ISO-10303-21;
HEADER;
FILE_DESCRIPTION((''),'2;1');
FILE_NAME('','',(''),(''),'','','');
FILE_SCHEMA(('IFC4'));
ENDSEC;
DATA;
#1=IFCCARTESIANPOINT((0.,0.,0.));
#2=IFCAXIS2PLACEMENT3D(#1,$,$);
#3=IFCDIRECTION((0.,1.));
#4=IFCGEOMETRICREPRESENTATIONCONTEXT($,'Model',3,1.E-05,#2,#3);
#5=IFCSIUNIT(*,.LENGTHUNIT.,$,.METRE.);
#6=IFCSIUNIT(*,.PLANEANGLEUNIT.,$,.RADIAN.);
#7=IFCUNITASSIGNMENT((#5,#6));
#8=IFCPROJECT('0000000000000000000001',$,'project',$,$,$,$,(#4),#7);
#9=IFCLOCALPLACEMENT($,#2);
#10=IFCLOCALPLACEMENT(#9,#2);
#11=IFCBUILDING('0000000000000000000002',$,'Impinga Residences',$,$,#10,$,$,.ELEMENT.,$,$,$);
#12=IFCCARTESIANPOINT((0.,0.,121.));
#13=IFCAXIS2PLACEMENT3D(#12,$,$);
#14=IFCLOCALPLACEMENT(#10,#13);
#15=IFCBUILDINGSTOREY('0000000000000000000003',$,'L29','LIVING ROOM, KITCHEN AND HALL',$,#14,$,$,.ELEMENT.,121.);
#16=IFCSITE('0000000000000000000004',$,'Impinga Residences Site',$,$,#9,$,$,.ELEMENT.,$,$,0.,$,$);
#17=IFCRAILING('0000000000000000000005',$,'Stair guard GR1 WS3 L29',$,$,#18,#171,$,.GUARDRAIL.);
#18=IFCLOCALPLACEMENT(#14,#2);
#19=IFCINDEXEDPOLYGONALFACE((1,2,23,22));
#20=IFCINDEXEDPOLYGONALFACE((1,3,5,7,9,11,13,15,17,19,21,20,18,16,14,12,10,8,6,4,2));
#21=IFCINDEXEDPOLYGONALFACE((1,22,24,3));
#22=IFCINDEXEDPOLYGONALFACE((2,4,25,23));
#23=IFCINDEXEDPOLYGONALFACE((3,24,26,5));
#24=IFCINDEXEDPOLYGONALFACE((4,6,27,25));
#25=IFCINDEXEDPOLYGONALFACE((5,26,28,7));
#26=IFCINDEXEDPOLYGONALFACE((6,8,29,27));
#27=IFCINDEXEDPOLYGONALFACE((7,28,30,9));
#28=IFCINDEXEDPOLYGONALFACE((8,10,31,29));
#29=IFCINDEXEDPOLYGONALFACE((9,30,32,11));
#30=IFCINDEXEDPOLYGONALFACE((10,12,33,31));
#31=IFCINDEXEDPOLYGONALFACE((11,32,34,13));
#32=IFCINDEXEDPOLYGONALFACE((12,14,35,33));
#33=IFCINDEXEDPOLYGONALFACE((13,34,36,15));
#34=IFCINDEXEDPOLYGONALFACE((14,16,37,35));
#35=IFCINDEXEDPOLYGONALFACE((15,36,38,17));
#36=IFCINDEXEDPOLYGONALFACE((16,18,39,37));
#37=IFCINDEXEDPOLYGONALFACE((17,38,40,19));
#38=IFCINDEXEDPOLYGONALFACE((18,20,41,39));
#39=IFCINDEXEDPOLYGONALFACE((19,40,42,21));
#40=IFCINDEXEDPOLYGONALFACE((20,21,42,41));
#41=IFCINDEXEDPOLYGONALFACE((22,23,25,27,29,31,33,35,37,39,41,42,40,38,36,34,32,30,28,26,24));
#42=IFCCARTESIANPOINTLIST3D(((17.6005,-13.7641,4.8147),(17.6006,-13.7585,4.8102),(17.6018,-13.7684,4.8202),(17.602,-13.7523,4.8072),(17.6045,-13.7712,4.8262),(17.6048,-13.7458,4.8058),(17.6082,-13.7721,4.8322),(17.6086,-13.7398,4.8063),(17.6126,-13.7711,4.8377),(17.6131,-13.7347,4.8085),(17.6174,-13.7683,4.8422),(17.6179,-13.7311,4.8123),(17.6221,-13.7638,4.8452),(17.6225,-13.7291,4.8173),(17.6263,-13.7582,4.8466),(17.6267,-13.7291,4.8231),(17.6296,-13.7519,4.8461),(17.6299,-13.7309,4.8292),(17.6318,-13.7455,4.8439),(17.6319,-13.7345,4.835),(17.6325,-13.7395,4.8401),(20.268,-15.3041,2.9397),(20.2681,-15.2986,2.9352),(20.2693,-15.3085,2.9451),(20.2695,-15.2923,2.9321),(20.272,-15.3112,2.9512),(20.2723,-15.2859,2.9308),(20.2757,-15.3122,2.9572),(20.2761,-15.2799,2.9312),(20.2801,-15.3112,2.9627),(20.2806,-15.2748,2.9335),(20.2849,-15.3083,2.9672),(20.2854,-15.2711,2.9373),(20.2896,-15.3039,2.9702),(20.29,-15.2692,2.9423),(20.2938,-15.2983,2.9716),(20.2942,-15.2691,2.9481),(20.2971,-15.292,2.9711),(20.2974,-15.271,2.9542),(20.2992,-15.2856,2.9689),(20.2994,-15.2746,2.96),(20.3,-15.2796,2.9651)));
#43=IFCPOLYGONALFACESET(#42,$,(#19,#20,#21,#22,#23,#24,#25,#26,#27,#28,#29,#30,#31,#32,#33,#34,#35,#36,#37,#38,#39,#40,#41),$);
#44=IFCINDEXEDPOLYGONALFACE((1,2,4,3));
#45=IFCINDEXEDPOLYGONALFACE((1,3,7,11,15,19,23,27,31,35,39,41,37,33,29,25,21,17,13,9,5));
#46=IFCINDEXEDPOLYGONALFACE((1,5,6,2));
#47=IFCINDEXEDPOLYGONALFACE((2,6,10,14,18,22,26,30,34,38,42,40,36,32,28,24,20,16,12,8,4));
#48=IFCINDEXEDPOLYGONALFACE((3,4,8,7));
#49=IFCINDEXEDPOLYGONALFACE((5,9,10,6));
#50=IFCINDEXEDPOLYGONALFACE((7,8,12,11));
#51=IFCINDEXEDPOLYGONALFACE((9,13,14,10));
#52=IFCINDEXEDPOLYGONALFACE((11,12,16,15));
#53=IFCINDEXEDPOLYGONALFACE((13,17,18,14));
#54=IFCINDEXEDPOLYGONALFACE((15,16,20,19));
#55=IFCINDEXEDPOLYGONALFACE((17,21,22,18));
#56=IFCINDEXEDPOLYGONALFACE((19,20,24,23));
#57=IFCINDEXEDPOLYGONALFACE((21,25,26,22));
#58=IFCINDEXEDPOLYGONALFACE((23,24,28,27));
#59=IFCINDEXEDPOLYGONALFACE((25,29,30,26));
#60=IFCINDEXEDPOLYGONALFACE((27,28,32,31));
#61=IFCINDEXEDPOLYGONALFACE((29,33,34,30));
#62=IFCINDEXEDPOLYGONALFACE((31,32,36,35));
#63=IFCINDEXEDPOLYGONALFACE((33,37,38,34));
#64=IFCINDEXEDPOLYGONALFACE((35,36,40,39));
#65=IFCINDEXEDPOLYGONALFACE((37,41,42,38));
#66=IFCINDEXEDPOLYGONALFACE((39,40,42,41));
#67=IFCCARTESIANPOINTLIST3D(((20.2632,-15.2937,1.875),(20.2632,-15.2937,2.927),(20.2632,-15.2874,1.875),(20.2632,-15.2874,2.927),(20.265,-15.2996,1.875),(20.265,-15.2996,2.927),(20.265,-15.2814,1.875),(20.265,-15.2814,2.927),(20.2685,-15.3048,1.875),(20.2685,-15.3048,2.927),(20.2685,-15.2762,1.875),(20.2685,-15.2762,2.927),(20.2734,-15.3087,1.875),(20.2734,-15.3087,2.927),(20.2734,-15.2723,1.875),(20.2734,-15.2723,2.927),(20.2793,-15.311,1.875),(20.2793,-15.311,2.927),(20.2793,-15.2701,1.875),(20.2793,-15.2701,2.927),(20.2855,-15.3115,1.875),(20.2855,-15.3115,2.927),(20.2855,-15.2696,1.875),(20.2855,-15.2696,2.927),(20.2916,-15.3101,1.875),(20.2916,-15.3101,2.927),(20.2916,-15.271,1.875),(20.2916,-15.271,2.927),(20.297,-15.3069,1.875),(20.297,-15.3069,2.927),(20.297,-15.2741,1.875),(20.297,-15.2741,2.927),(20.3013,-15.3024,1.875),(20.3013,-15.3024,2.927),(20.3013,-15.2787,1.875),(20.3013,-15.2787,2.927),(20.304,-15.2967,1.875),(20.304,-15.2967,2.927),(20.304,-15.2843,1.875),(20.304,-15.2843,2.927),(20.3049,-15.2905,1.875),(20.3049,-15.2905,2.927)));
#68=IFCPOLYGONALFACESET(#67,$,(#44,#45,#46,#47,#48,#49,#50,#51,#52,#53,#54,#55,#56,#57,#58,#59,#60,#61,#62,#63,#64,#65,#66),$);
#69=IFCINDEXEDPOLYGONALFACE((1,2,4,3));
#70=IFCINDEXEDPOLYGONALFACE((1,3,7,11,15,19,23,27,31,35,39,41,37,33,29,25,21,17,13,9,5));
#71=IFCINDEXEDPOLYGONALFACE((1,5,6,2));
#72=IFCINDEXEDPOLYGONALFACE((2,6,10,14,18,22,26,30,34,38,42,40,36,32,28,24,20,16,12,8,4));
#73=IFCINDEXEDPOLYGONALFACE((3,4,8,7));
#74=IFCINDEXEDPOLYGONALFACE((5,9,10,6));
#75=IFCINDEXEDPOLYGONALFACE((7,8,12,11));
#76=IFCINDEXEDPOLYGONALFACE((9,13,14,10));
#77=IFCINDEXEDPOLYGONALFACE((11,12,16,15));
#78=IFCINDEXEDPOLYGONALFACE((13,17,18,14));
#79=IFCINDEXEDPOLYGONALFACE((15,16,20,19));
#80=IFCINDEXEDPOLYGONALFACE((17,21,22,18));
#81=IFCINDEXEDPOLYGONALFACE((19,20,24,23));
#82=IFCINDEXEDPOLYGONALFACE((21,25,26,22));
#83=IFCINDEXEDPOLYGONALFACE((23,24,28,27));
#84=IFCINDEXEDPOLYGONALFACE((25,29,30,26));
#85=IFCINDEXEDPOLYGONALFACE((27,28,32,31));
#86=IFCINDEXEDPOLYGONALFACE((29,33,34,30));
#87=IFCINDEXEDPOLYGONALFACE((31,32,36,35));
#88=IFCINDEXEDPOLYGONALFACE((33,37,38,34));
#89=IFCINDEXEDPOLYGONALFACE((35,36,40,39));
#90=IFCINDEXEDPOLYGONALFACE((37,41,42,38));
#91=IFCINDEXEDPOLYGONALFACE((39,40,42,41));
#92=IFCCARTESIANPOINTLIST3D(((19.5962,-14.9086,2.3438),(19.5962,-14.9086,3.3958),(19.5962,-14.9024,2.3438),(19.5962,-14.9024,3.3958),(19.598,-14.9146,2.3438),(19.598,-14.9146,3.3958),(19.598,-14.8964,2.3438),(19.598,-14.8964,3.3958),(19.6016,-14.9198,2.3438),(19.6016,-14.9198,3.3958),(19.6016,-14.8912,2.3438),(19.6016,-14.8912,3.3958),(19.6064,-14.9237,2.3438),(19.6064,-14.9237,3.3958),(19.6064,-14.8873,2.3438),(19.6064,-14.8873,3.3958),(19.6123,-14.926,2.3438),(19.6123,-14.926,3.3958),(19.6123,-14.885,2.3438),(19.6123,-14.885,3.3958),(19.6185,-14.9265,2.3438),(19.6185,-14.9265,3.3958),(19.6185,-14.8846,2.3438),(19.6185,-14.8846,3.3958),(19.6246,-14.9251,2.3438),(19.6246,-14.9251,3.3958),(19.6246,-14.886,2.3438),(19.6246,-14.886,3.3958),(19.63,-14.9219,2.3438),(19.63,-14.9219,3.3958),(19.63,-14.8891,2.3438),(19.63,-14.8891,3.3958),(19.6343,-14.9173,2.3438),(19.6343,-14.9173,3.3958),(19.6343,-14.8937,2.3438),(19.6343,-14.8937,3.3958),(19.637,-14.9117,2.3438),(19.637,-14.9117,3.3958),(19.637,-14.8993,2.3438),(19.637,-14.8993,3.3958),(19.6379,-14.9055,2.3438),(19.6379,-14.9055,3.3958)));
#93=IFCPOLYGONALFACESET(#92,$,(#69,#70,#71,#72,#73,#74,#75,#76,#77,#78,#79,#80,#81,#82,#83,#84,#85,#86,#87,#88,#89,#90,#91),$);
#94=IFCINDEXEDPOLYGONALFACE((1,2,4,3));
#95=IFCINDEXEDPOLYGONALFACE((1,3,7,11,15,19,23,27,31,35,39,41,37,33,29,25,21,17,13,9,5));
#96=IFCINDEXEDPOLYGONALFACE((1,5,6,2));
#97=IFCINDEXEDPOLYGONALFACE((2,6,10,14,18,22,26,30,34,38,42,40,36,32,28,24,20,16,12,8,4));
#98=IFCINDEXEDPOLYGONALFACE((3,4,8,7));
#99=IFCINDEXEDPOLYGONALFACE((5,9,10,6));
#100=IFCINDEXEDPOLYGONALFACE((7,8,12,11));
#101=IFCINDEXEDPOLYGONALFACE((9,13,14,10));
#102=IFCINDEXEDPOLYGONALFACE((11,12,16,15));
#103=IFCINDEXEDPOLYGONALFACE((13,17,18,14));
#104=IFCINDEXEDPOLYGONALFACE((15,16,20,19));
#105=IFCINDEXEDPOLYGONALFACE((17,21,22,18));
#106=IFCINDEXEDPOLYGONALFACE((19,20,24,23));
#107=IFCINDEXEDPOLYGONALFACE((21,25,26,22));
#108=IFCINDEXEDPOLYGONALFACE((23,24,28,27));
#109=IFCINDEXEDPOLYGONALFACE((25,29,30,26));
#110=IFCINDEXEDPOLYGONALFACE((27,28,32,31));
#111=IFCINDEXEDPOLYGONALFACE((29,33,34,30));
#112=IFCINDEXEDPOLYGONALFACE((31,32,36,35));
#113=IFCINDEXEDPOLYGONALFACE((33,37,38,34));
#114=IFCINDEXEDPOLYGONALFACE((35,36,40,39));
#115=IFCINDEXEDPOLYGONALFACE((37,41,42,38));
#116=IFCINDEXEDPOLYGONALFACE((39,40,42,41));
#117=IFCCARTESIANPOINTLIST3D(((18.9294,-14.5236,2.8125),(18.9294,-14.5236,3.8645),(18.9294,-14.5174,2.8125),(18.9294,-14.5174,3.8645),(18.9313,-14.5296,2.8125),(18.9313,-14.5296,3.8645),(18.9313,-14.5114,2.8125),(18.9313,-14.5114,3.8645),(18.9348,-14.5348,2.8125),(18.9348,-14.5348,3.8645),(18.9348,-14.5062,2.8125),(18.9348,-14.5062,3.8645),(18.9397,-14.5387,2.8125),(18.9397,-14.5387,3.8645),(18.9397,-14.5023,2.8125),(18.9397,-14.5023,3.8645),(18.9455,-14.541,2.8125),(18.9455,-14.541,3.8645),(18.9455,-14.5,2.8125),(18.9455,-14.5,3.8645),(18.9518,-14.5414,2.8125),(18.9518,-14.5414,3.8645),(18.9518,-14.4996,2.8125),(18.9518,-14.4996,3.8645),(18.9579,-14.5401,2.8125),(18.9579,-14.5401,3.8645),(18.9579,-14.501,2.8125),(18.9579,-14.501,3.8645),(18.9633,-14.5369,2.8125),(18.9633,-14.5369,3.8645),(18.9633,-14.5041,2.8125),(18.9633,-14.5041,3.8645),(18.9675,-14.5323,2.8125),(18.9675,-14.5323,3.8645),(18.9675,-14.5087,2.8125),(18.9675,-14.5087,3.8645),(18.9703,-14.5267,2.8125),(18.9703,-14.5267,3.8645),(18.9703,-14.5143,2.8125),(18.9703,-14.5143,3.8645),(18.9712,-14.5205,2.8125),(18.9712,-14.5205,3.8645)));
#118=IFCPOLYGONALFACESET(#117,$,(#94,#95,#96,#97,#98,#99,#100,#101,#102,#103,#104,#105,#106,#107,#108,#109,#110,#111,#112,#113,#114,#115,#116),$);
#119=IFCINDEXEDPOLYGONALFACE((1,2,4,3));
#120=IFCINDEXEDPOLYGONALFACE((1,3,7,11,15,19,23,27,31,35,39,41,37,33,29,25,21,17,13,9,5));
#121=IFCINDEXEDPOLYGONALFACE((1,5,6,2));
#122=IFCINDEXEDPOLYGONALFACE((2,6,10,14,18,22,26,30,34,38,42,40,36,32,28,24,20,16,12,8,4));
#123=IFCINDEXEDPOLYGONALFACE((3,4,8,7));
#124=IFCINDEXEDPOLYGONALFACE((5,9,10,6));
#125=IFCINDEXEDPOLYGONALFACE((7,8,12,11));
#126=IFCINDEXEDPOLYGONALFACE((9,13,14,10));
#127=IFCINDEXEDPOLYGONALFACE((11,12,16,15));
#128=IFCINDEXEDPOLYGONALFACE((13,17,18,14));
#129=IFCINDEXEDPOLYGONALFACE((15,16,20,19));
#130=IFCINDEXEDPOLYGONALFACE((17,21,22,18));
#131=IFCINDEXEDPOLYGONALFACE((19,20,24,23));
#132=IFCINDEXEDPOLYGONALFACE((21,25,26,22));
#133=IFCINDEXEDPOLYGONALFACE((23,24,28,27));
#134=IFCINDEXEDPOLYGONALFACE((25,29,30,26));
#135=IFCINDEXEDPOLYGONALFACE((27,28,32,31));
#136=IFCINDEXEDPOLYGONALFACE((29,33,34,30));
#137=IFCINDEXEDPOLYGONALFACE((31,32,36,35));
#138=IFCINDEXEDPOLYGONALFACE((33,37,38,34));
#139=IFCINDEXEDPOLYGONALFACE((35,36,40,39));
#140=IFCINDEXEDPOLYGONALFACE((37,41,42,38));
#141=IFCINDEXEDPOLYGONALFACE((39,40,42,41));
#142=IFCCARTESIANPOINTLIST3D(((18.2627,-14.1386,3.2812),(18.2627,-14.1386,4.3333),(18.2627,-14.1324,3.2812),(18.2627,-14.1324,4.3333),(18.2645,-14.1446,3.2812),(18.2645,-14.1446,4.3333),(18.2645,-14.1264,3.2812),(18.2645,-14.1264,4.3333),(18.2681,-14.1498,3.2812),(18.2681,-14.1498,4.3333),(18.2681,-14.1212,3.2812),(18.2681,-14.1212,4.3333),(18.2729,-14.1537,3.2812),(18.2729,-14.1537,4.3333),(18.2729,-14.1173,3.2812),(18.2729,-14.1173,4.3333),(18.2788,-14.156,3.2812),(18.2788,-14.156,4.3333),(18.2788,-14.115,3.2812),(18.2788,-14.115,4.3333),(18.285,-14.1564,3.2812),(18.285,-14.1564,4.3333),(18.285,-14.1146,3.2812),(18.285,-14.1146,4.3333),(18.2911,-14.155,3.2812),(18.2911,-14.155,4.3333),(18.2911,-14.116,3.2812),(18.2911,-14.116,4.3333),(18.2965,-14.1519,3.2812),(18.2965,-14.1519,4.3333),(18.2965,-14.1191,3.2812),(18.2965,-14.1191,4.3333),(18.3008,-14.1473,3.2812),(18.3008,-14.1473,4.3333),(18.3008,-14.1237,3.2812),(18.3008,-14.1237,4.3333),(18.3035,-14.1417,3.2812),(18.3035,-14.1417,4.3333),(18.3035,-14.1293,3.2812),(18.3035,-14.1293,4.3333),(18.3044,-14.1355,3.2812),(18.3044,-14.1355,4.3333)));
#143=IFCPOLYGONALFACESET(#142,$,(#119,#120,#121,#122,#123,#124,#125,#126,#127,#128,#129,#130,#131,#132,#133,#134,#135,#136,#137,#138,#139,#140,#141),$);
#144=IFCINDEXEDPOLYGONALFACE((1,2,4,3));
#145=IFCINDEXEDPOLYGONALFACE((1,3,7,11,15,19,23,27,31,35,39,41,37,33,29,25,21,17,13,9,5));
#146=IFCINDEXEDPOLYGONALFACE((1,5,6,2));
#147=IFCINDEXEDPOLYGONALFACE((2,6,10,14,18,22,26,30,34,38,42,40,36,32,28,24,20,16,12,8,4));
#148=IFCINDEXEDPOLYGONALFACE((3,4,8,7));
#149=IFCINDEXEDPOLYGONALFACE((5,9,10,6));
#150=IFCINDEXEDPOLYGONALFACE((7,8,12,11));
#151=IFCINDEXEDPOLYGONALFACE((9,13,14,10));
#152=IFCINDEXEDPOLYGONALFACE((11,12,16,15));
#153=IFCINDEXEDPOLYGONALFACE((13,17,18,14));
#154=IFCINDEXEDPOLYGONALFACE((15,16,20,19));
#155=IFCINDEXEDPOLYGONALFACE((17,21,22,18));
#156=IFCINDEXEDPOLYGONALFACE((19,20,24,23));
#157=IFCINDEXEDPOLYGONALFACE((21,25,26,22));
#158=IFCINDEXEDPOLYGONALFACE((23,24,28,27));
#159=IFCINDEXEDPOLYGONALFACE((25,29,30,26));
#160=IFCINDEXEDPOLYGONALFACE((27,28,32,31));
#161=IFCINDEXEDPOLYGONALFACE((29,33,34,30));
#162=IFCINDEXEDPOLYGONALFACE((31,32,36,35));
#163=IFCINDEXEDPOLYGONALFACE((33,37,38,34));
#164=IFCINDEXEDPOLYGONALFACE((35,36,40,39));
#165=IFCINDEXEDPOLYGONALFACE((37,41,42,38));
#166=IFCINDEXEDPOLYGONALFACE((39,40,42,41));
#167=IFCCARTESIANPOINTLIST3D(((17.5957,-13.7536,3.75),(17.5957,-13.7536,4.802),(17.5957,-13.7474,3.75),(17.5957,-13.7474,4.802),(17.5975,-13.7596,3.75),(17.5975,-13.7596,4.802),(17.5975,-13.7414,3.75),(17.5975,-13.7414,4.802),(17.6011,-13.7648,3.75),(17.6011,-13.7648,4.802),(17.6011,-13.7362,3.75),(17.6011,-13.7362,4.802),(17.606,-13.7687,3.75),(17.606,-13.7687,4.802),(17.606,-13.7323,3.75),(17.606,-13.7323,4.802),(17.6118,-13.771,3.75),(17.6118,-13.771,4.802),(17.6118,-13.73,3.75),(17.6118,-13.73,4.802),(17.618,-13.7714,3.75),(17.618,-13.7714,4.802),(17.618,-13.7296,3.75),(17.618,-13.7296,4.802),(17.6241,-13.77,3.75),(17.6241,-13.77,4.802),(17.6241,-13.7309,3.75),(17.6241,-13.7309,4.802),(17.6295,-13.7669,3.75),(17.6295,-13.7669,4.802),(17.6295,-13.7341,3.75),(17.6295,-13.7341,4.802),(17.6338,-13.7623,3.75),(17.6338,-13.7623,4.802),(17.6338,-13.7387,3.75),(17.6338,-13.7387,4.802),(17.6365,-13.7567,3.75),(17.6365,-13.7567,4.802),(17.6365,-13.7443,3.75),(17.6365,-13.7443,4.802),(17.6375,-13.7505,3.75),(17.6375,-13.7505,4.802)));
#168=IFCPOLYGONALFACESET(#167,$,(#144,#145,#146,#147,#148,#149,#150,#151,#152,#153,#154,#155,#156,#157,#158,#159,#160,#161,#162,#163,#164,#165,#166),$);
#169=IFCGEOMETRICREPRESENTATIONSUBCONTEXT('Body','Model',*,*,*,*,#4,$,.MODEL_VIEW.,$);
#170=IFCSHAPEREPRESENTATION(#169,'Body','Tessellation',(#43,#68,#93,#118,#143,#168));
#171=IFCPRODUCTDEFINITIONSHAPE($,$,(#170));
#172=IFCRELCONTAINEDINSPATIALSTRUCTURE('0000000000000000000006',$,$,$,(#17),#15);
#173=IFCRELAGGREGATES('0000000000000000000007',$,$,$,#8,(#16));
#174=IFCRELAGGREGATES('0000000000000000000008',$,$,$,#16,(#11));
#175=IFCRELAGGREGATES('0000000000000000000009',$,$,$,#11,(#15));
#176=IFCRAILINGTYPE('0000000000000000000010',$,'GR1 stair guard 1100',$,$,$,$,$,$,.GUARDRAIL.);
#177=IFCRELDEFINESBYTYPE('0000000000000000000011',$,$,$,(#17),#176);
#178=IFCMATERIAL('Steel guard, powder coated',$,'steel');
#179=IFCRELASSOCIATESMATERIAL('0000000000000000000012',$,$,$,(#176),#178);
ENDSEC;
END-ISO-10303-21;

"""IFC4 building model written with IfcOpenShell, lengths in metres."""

from ifc_helpers import new_model, si_unit, direction, frame, origin, origin_2d, place, context, subcontext, project, spatial, circle, extrude, material, type_object, element, save


model = new_model("IFC4")

# Units and contexts
model_context = context("Model", 3, precision=1e-05, world=origin(), true_north=direction((0.0, 1.0)))
body_context = subcontext(model_context, "Body", "Model", "MODEL_VIEW")
ifc_project = project(units=[si_unit("LENGTHUNIT", "METRE"), si_unit("PLANEANGLEUNIT", "RADIAN")], contexts=[model_context])

# Site, building, storey
site_placement = place(None, origin())
site = spatial("IfcSite", under=ifc_project, at=site_placement, Name="Impinga Residences Site", CompositionType="ELEMENT", RefElevation=0.0)
building_placement = place(site_placement, origin())
building = spatial("IfcBuilding", under=site, at=building_placement, Name="Impinga Residences", CompositionType="ELEMENT")
storey_placement = place(building_placement, frame((0.0, 0.0, 121.0)))
storey = spatial("IfcBuildingStorey", under=building, at=storey_placement, Name="L29", Description="LIVING ROOM, KITCHEN AND HALL", CompositionType="ELEMENT", Elevation=121.0)

# Railing
ifc_material_1 = material(Name="Steel guard, powder coated", Category="steel")
railing_type = type_object("IfcRailingType", Name="GR1 stair guard 1100", PredefinedType="GUARDRAIL", material=ifc_material_1)
railing_placement = place(storey_placement, frame((20.2839, -15.2905, 1.875)))
element("IfcRailing", 1, at=railing_placement, inside=storey, type_object=railing_type, Name="Stair guard GR1 WS3 L29", PredefinedType="GUARDRAIL", context=body_context, shape_type="SweptSolid", body=[
    extrude(circle(Radius=0.0239, at=origin_2d()), frame((0.0, 0.0, 1.0762), z_axis=(-0.739746, 0.427084, 0.519975), x_axis=(-0.499992, -0.86603, 0.0)), (0.0, 0.0, 1.0), 3.606),
    extrude(circle(Radius=0.021, at=origin_2d()), origin(), (0.0, 0.0, 1.0), 1.052),
    extrude(circle(Radius=0.021, at=origin_2d()), frame((-0.667, 0.385, 0.4688)), (0.0, 0.0, 1.0), 1.052),
    extrude(circle(Radius=0.021, at=origin_2d()), frame((-1.3337, 0.77, 0.9375)), (0.0, 0.0, 1.0), 1.052),
    extrude(circle(Radius=0.021, at=origin_2d()), frame((-2.0005, 1.155, 1.4062)), (0.0, 0.0, 1.0), 1.052),
    extrude(circle(Radius=0.021, at=origin_2d()), frame((-2.6675, 1.54, 1.875)), (0.0, 0.0, 1.0), 1.052),
])

save(model, "model.ifc")
